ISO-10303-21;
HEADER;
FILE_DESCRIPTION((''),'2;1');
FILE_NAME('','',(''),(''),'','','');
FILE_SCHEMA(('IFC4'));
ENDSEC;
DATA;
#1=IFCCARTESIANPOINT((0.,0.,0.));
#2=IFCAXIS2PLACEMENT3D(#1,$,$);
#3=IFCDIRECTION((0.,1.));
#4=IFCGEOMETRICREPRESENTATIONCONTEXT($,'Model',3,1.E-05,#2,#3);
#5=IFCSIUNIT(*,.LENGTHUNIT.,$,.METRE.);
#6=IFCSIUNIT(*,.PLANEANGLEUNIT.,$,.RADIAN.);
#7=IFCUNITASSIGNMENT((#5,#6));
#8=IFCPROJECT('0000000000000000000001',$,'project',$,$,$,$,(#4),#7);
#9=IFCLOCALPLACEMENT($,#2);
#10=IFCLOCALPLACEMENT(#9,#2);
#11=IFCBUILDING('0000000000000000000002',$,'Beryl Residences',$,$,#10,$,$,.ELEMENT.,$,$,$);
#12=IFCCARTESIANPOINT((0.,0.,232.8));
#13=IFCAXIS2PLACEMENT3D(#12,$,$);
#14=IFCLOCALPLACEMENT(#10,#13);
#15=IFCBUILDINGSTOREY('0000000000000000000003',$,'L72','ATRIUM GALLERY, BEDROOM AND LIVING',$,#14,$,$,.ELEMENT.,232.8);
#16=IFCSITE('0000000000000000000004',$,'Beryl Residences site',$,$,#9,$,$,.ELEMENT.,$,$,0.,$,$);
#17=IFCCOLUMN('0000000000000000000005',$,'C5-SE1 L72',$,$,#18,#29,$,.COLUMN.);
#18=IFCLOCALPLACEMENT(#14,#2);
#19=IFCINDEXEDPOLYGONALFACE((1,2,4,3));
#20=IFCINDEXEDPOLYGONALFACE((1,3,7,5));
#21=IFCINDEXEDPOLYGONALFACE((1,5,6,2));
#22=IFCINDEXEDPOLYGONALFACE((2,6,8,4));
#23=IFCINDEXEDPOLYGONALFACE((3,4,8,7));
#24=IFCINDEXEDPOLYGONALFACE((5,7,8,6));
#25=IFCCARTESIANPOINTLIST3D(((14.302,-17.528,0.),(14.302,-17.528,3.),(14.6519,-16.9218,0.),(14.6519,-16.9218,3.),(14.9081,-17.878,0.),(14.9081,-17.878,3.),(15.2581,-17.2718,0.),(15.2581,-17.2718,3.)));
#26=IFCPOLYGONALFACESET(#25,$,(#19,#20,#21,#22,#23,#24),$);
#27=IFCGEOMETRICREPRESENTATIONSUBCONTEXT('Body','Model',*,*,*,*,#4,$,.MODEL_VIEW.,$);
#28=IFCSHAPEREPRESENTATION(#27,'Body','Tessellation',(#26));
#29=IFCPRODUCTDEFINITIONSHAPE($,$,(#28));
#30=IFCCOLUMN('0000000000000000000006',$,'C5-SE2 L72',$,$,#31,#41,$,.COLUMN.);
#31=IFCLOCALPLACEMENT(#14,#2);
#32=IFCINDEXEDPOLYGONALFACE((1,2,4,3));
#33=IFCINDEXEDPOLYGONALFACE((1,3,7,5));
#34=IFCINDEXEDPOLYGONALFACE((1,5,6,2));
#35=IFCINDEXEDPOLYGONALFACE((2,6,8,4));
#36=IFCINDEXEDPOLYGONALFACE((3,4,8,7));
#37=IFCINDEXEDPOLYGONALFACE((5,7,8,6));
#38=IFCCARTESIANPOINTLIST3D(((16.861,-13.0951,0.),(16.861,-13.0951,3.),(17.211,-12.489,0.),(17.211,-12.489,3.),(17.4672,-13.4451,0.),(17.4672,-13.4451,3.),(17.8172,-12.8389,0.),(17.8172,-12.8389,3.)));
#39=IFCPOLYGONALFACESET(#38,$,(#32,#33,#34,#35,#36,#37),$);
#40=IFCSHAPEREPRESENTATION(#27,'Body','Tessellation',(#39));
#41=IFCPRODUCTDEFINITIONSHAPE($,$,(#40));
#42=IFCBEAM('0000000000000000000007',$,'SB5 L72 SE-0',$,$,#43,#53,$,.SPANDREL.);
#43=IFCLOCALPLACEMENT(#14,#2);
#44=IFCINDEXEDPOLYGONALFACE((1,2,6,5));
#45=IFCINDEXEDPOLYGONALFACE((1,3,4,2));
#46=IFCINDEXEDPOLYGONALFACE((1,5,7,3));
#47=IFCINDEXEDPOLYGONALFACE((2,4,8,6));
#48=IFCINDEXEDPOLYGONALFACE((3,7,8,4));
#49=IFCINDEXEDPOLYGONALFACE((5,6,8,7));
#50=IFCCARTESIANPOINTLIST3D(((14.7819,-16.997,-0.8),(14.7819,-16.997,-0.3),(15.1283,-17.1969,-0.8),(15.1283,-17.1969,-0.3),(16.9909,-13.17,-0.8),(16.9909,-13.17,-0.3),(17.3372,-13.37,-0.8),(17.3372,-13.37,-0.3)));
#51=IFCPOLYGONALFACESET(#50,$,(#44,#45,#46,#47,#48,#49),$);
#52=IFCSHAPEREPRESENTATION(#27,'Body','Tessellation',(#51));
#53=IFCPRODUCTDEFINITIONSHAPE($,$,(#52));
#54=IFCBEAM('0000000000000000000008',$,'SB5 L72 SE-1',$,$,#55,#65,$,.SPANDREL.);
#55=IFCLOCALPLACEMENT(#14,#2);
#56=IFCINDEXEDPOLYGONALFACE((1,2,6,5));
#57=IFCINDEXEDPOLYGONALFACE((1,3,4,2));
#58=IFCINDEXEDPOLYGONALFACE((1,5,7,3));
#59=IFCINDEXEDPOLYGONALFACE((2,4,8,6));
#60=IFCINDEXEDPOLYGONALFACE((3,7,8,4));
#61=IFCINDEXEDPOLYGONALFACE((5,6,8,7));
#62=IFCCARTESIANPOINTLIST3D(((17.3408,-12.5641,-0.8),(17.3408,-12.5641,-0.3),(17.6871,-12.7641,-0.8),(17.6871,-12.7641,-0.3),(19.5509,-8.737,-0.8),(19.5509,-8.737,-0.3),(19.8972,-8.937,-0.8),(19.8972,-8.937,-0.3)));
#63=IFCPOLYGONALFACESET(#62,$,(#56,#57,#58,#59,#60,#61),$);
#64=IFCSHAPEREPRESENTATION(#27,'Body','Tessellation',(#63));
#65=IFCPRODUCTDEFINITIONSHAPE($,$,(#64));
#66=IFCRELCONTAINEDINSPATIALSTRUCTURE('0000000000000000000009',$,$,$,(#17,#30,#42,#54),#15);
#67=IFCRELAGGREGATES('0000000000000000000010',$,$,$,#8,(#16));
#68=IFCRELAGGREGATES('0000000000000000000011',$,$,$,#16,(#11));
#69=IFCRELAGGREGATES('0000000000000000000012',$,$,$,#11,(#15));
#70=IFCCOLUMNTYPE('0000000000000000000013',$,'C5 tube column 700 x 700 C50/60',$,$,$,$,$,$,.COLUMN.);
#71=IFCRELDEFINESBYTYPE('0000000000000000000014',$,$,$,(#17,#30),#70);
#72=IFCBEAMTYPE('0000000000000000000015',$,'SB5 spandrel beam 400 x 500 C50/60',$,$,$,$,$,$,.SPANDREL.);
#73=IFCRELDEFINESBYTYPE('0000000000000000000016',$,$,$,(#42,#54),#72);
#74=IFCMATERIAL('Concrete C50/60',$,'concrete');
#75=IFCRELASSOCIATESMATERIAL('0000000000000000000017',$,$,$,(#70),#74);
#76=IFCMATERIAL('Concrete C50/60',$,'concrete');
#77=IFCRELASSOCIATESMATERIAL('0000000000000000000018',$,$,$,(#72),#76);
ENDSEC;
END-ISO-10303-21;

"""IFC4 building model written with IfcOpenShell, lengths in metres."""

from ifc_helpers import new_model, si_unit, direction, frame, origin, origin_2d, place, context, subcontext, project, spatial, rectangle, extrude, material, material_profile, profile_set, type_object, element, save


model = new_model("IFC4")

# Units and contexts
model_context = context("Model", 3, precision=1e-05, world=origin(), true_north=direction((0.0, 1.0)))
body_context = subcontext(model_context, "Body", "Model", "MODEL_VIEW")
ifc_project = project(units=[si_unit("LENGTHUNIT", "METRE"), si_unit("PLANEANGLEUNIT", "RADIAN")], contexts=[model_context])

# Site, building, storey
site_placement = place(None, origin())
site = spatial("IfcSite", under=ifc_project, at=site_placement, Name="Beryl Residences site", CompositionType="ELEMENT", RefElevation=0.0)
building_placement = place(site_placement, origin())
building = spatial("IfcBuilding", under=site, at=building_placement, Name="Beryl Residences", CompositionType="ELEMENT")
storey_placement = place(building_placement, frame((0.0, 0.0, 232.8)))
storey = spatial("IfcBuildingStorey", under=building, at=storey_placement, Name="L72", Description="ATRIUM GALLERY, BEDROOM AND LIVING", CompositionType="ELEMENT", Elevation=232.8)

# Columns
ifc_material_1 = material(Name="Concrete C50/60", Category="concrete")
ifc_material_profile_1 = material_profile(ifc_material_1, rectangle(XDim=0.7, YDim=0.7, at=origin_2d()))
ifc_profile_set_1 = profile_set([ifc_material_profile_1], Name="Concrete C50/60")
column_type = type_object("IfcColumnType", Name="C5 tube column 700 x 700 C50/60", PredefinedType="COLUMN", material=ifc_profile_set_1)
for number, where, z_axis, x_axis, name in (
    (1, (14.78, -17.3999, 0.0), (0.0, 0.0, 1.0), (0.499985, 0.866034, 0.0), "C5-SE1 L72"),
    (2, (17.3391, -12.967, 0.0), (0.0, 0.0, 1.0), (0.499985, 0.866034, 0.0), "C5-SE2 L72"),
):
    element("IfcColumn", number, at=place(storey_placement, frame(where, z_axis=z_axis, x_axis=x_axis)), inside=storey, type_object=column_type, Name=name, PredefinedType="COLUMN", context=body_context, shape_type="SweptSolid", body=[
        extrude(rectangle(XDim=0.7, YDim=0.7, at=origin_2d()), origin(), (0.0, 0.0, 1.0), 3.0),
    ])

# Beams
ifc_material_2 = material(Name="Concrete C50/60", Category="concrete")
ifc_material_profile_2 = material_profile(ifc_material_2, rectangle(XDim=0.3999, YDim=0.5, at=origin_2d()))
ifc_profile_set_2 = profile_set([ifc_material_profile_2], Name="Concrete C50/60")
beam_type = type_object("IfcBeamType", Name="SB5 spandrel beam 400 x 500 C50/60", PredefinedType="SPANDREL", material=ifc_profile_set_2)
beam_1_placement = place(storey_placement, frame((14.9551, -17.0969, -0.55), z_axis=(0.499919, 0.866072, 0.0), x_axis=(-0.866072, 0.499919, 0.0)))
element("IfcBeam", 3, at=beam_1_placement, inside=storey, type_object=beam_type, Name="SB5 L72 SE-0", PredefinedType="SPANDREL", context=body_context, shape_type="SweptSolid", body=[
    extrude(rectangle(XDim=0.3999, YDim=0.5, at=origin_2d()), origin(), (0.0, 0.0, 1.0), 4.4187),
])
beam_2_placement = place(storey_placement, frame((17.5139, -12.6641, -0.55), z_axis=(0.500102, 0.865967, 0.0), x_axis=(-0.865967, 0.500102, 0.0)))
element("IfcBeam", 4, at=beam_2_placement, inside=storey, type_object=beam_type, Name="SB5 L72 SE-1", PredefinedType="SPANDREL", context=body_context, shape_type="SweptSolid", body=[
    extrude(rectangle(XDim=0.3999, YDim=0.5, at=origin_2d()), origin(), (0.0, 0.0, 1.0), 4.4194),
])

save(model, "model.ifc")
